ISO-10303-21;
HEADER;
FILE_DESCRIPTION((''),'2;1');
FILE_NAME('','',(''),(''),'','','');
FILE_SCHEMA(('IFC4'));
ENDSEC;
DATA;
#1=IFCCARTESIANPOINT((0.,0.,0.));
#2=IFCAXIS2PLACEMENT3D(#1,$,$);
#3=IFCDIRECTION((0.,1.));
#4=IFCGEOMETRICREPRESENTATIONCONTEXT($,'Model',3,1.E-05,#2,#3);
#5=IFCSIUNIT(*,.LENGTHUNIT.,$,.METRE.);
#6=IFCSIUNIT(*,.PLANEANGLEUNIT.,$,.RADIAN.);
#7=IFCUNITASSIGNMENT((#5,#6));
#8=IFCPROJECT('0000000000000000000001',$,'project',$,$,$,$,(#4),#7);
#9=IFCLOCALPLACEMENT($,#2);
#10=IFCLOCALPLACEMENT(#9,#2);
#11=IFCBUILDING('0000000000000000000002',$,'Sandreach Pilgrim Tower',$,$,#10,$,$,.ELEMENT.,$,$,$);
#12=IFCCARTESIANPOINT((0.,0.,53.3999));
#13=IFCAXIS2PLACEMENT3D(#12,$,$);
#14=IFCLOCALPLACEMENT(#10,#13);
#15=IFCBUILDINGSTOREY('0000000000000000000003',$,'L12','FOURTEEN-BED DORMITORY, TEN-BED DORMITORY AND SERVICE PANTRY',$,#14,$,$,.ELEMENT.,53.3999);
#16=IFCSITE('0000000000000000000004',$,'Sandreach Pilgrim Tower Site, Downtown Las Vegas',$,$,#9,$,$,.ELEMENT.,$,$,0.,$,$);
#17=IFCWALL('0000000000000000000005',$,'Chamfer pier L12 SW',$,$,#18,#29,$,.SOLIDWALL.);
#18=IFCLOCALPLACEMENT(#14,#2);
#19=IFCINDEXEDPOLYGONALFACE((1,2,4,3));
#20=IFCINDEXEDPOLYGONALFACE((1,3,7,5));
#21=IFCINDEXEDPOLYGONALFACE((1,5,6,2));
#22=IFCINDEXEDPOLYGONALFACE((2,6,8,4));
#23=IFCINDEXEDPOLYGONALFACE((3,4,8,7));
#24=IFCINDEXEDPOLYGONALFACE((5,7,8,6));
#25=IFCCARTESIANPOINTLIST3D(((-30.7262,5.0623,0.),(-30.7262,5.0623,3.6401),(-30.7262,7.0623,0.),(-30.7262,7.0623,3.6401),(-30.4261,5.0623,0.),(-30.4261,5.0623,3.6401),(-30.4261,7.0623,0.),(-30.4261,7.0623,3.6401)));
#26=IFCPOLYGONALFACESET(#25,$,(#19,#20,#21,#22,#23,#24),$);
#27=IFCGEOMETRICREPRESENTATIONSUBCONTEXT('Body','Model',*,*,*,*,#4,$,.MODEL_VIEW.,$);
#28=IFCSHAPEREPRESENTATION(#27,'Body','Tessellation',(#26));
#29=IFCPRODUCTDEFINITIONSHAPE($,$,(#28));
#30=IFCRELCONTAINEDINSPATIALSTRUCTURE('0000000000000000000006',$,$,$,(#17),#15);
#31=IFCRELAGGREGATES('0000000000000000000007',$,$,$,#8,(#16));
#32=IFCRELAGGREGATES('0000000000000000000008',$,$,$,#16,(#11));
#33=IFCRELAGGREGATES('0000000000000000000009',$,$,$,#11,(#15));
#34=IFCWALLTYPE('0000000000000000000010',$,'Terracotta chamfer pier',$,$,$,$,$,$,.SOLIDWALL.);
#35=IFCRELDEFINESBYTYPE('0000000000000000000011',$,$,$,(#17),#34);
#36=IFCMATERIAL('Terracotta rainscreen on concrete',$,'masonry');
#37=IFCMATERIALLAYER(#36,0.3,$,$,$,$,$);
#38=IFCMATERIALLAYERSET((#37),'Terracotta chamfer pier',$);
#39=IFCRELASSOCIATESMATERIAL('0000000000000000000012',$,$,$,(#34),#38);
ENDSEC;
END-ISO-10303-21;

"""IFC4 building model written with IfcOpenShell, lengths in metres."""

from ifc_helpers import new_model, si_unit, direction, frame, frame_2d, origin, place, context, subcontext, project, spatial, rectangle, extrude, material, layer, layer_set, type_object, element, save


model = new_model("IFC4")

# Units and contexts
model_context = context("Model", 3, precision=1e-05, world=origin(), true_north=direction((0.0, 1.0)))
body_context = subcontext(model_context, "Body", "Model", "MODEL_VIEW")
ifc_project = project(units=[si_unit("LENGTHUNIT", "METRE"), si_unit("PLANEANGLEUNIT", "RADIAN")], contexts=[model_context])

# Site, building, storey
site_placement = place(None, origin())
site = spatial("IfcSite", under=ifc_project, at=site_placement, Name="Sandreach Pilgrim Tower Site, Downtown Las Vegas", CompositionType="ELEMENT", RefElevation=0.0)
building_placement = place(site_placement, origin())
building = spatial("IfcBuilding", under=site, at=building_placement, Name="Sandreach Pilgrim Tower", CompositionType="ELEMENT")
storey_placement = place(building_placement, frame((0.0, 0.0, 53.3999)))
storey = spatial("IfcBuildingStorey", under=building, at=storey_placement, Name="L12", Description="FOURTEEN-BED DORMITORY, TEN-BED DORMITORY AND SERVICE PANTRY", CompositionType="ELEMENT", Elevation=53.3999)

# Wall
ifc_material_1 = material(Name="Terracotta rainscreen on concrete", Category="masonry")
ifc_layer_1 = layer(ifc_material_1, 0.3)
ifc_layer_set_1 = layer_set([ifc_layer_1], Name="Terracotta chamfer pier")
wall_type_1 = type_object("IfcWallType", Name="Terracotta chamfer pier", PredefinedType="SOLIDWALL", material=ifc_layer_set_1)
wall_1_placement = place(storey_placement, frame((-30.5762, 5.0623, 0.0), z_axis=(0.0, 0.0, 1.0), x_axis=(0.0, 1.0, 0.0)))
element("IfcWall", 1, at=wall_1_placement, inside=storey, type_object=wall_type_1, Name="Chamfer pier L12 SW", PredefinedType="SOLIDWALL", context=body_context, shape_type="SweptSolid", body=[
    extrude(rectangle(XDim=2.0, YDim=0.3, at=frame_2d((1.0, 0.0))), origin(), (0.0, 0.0, 1.0), 3.6401),
])

save(model, "model.ifc")
